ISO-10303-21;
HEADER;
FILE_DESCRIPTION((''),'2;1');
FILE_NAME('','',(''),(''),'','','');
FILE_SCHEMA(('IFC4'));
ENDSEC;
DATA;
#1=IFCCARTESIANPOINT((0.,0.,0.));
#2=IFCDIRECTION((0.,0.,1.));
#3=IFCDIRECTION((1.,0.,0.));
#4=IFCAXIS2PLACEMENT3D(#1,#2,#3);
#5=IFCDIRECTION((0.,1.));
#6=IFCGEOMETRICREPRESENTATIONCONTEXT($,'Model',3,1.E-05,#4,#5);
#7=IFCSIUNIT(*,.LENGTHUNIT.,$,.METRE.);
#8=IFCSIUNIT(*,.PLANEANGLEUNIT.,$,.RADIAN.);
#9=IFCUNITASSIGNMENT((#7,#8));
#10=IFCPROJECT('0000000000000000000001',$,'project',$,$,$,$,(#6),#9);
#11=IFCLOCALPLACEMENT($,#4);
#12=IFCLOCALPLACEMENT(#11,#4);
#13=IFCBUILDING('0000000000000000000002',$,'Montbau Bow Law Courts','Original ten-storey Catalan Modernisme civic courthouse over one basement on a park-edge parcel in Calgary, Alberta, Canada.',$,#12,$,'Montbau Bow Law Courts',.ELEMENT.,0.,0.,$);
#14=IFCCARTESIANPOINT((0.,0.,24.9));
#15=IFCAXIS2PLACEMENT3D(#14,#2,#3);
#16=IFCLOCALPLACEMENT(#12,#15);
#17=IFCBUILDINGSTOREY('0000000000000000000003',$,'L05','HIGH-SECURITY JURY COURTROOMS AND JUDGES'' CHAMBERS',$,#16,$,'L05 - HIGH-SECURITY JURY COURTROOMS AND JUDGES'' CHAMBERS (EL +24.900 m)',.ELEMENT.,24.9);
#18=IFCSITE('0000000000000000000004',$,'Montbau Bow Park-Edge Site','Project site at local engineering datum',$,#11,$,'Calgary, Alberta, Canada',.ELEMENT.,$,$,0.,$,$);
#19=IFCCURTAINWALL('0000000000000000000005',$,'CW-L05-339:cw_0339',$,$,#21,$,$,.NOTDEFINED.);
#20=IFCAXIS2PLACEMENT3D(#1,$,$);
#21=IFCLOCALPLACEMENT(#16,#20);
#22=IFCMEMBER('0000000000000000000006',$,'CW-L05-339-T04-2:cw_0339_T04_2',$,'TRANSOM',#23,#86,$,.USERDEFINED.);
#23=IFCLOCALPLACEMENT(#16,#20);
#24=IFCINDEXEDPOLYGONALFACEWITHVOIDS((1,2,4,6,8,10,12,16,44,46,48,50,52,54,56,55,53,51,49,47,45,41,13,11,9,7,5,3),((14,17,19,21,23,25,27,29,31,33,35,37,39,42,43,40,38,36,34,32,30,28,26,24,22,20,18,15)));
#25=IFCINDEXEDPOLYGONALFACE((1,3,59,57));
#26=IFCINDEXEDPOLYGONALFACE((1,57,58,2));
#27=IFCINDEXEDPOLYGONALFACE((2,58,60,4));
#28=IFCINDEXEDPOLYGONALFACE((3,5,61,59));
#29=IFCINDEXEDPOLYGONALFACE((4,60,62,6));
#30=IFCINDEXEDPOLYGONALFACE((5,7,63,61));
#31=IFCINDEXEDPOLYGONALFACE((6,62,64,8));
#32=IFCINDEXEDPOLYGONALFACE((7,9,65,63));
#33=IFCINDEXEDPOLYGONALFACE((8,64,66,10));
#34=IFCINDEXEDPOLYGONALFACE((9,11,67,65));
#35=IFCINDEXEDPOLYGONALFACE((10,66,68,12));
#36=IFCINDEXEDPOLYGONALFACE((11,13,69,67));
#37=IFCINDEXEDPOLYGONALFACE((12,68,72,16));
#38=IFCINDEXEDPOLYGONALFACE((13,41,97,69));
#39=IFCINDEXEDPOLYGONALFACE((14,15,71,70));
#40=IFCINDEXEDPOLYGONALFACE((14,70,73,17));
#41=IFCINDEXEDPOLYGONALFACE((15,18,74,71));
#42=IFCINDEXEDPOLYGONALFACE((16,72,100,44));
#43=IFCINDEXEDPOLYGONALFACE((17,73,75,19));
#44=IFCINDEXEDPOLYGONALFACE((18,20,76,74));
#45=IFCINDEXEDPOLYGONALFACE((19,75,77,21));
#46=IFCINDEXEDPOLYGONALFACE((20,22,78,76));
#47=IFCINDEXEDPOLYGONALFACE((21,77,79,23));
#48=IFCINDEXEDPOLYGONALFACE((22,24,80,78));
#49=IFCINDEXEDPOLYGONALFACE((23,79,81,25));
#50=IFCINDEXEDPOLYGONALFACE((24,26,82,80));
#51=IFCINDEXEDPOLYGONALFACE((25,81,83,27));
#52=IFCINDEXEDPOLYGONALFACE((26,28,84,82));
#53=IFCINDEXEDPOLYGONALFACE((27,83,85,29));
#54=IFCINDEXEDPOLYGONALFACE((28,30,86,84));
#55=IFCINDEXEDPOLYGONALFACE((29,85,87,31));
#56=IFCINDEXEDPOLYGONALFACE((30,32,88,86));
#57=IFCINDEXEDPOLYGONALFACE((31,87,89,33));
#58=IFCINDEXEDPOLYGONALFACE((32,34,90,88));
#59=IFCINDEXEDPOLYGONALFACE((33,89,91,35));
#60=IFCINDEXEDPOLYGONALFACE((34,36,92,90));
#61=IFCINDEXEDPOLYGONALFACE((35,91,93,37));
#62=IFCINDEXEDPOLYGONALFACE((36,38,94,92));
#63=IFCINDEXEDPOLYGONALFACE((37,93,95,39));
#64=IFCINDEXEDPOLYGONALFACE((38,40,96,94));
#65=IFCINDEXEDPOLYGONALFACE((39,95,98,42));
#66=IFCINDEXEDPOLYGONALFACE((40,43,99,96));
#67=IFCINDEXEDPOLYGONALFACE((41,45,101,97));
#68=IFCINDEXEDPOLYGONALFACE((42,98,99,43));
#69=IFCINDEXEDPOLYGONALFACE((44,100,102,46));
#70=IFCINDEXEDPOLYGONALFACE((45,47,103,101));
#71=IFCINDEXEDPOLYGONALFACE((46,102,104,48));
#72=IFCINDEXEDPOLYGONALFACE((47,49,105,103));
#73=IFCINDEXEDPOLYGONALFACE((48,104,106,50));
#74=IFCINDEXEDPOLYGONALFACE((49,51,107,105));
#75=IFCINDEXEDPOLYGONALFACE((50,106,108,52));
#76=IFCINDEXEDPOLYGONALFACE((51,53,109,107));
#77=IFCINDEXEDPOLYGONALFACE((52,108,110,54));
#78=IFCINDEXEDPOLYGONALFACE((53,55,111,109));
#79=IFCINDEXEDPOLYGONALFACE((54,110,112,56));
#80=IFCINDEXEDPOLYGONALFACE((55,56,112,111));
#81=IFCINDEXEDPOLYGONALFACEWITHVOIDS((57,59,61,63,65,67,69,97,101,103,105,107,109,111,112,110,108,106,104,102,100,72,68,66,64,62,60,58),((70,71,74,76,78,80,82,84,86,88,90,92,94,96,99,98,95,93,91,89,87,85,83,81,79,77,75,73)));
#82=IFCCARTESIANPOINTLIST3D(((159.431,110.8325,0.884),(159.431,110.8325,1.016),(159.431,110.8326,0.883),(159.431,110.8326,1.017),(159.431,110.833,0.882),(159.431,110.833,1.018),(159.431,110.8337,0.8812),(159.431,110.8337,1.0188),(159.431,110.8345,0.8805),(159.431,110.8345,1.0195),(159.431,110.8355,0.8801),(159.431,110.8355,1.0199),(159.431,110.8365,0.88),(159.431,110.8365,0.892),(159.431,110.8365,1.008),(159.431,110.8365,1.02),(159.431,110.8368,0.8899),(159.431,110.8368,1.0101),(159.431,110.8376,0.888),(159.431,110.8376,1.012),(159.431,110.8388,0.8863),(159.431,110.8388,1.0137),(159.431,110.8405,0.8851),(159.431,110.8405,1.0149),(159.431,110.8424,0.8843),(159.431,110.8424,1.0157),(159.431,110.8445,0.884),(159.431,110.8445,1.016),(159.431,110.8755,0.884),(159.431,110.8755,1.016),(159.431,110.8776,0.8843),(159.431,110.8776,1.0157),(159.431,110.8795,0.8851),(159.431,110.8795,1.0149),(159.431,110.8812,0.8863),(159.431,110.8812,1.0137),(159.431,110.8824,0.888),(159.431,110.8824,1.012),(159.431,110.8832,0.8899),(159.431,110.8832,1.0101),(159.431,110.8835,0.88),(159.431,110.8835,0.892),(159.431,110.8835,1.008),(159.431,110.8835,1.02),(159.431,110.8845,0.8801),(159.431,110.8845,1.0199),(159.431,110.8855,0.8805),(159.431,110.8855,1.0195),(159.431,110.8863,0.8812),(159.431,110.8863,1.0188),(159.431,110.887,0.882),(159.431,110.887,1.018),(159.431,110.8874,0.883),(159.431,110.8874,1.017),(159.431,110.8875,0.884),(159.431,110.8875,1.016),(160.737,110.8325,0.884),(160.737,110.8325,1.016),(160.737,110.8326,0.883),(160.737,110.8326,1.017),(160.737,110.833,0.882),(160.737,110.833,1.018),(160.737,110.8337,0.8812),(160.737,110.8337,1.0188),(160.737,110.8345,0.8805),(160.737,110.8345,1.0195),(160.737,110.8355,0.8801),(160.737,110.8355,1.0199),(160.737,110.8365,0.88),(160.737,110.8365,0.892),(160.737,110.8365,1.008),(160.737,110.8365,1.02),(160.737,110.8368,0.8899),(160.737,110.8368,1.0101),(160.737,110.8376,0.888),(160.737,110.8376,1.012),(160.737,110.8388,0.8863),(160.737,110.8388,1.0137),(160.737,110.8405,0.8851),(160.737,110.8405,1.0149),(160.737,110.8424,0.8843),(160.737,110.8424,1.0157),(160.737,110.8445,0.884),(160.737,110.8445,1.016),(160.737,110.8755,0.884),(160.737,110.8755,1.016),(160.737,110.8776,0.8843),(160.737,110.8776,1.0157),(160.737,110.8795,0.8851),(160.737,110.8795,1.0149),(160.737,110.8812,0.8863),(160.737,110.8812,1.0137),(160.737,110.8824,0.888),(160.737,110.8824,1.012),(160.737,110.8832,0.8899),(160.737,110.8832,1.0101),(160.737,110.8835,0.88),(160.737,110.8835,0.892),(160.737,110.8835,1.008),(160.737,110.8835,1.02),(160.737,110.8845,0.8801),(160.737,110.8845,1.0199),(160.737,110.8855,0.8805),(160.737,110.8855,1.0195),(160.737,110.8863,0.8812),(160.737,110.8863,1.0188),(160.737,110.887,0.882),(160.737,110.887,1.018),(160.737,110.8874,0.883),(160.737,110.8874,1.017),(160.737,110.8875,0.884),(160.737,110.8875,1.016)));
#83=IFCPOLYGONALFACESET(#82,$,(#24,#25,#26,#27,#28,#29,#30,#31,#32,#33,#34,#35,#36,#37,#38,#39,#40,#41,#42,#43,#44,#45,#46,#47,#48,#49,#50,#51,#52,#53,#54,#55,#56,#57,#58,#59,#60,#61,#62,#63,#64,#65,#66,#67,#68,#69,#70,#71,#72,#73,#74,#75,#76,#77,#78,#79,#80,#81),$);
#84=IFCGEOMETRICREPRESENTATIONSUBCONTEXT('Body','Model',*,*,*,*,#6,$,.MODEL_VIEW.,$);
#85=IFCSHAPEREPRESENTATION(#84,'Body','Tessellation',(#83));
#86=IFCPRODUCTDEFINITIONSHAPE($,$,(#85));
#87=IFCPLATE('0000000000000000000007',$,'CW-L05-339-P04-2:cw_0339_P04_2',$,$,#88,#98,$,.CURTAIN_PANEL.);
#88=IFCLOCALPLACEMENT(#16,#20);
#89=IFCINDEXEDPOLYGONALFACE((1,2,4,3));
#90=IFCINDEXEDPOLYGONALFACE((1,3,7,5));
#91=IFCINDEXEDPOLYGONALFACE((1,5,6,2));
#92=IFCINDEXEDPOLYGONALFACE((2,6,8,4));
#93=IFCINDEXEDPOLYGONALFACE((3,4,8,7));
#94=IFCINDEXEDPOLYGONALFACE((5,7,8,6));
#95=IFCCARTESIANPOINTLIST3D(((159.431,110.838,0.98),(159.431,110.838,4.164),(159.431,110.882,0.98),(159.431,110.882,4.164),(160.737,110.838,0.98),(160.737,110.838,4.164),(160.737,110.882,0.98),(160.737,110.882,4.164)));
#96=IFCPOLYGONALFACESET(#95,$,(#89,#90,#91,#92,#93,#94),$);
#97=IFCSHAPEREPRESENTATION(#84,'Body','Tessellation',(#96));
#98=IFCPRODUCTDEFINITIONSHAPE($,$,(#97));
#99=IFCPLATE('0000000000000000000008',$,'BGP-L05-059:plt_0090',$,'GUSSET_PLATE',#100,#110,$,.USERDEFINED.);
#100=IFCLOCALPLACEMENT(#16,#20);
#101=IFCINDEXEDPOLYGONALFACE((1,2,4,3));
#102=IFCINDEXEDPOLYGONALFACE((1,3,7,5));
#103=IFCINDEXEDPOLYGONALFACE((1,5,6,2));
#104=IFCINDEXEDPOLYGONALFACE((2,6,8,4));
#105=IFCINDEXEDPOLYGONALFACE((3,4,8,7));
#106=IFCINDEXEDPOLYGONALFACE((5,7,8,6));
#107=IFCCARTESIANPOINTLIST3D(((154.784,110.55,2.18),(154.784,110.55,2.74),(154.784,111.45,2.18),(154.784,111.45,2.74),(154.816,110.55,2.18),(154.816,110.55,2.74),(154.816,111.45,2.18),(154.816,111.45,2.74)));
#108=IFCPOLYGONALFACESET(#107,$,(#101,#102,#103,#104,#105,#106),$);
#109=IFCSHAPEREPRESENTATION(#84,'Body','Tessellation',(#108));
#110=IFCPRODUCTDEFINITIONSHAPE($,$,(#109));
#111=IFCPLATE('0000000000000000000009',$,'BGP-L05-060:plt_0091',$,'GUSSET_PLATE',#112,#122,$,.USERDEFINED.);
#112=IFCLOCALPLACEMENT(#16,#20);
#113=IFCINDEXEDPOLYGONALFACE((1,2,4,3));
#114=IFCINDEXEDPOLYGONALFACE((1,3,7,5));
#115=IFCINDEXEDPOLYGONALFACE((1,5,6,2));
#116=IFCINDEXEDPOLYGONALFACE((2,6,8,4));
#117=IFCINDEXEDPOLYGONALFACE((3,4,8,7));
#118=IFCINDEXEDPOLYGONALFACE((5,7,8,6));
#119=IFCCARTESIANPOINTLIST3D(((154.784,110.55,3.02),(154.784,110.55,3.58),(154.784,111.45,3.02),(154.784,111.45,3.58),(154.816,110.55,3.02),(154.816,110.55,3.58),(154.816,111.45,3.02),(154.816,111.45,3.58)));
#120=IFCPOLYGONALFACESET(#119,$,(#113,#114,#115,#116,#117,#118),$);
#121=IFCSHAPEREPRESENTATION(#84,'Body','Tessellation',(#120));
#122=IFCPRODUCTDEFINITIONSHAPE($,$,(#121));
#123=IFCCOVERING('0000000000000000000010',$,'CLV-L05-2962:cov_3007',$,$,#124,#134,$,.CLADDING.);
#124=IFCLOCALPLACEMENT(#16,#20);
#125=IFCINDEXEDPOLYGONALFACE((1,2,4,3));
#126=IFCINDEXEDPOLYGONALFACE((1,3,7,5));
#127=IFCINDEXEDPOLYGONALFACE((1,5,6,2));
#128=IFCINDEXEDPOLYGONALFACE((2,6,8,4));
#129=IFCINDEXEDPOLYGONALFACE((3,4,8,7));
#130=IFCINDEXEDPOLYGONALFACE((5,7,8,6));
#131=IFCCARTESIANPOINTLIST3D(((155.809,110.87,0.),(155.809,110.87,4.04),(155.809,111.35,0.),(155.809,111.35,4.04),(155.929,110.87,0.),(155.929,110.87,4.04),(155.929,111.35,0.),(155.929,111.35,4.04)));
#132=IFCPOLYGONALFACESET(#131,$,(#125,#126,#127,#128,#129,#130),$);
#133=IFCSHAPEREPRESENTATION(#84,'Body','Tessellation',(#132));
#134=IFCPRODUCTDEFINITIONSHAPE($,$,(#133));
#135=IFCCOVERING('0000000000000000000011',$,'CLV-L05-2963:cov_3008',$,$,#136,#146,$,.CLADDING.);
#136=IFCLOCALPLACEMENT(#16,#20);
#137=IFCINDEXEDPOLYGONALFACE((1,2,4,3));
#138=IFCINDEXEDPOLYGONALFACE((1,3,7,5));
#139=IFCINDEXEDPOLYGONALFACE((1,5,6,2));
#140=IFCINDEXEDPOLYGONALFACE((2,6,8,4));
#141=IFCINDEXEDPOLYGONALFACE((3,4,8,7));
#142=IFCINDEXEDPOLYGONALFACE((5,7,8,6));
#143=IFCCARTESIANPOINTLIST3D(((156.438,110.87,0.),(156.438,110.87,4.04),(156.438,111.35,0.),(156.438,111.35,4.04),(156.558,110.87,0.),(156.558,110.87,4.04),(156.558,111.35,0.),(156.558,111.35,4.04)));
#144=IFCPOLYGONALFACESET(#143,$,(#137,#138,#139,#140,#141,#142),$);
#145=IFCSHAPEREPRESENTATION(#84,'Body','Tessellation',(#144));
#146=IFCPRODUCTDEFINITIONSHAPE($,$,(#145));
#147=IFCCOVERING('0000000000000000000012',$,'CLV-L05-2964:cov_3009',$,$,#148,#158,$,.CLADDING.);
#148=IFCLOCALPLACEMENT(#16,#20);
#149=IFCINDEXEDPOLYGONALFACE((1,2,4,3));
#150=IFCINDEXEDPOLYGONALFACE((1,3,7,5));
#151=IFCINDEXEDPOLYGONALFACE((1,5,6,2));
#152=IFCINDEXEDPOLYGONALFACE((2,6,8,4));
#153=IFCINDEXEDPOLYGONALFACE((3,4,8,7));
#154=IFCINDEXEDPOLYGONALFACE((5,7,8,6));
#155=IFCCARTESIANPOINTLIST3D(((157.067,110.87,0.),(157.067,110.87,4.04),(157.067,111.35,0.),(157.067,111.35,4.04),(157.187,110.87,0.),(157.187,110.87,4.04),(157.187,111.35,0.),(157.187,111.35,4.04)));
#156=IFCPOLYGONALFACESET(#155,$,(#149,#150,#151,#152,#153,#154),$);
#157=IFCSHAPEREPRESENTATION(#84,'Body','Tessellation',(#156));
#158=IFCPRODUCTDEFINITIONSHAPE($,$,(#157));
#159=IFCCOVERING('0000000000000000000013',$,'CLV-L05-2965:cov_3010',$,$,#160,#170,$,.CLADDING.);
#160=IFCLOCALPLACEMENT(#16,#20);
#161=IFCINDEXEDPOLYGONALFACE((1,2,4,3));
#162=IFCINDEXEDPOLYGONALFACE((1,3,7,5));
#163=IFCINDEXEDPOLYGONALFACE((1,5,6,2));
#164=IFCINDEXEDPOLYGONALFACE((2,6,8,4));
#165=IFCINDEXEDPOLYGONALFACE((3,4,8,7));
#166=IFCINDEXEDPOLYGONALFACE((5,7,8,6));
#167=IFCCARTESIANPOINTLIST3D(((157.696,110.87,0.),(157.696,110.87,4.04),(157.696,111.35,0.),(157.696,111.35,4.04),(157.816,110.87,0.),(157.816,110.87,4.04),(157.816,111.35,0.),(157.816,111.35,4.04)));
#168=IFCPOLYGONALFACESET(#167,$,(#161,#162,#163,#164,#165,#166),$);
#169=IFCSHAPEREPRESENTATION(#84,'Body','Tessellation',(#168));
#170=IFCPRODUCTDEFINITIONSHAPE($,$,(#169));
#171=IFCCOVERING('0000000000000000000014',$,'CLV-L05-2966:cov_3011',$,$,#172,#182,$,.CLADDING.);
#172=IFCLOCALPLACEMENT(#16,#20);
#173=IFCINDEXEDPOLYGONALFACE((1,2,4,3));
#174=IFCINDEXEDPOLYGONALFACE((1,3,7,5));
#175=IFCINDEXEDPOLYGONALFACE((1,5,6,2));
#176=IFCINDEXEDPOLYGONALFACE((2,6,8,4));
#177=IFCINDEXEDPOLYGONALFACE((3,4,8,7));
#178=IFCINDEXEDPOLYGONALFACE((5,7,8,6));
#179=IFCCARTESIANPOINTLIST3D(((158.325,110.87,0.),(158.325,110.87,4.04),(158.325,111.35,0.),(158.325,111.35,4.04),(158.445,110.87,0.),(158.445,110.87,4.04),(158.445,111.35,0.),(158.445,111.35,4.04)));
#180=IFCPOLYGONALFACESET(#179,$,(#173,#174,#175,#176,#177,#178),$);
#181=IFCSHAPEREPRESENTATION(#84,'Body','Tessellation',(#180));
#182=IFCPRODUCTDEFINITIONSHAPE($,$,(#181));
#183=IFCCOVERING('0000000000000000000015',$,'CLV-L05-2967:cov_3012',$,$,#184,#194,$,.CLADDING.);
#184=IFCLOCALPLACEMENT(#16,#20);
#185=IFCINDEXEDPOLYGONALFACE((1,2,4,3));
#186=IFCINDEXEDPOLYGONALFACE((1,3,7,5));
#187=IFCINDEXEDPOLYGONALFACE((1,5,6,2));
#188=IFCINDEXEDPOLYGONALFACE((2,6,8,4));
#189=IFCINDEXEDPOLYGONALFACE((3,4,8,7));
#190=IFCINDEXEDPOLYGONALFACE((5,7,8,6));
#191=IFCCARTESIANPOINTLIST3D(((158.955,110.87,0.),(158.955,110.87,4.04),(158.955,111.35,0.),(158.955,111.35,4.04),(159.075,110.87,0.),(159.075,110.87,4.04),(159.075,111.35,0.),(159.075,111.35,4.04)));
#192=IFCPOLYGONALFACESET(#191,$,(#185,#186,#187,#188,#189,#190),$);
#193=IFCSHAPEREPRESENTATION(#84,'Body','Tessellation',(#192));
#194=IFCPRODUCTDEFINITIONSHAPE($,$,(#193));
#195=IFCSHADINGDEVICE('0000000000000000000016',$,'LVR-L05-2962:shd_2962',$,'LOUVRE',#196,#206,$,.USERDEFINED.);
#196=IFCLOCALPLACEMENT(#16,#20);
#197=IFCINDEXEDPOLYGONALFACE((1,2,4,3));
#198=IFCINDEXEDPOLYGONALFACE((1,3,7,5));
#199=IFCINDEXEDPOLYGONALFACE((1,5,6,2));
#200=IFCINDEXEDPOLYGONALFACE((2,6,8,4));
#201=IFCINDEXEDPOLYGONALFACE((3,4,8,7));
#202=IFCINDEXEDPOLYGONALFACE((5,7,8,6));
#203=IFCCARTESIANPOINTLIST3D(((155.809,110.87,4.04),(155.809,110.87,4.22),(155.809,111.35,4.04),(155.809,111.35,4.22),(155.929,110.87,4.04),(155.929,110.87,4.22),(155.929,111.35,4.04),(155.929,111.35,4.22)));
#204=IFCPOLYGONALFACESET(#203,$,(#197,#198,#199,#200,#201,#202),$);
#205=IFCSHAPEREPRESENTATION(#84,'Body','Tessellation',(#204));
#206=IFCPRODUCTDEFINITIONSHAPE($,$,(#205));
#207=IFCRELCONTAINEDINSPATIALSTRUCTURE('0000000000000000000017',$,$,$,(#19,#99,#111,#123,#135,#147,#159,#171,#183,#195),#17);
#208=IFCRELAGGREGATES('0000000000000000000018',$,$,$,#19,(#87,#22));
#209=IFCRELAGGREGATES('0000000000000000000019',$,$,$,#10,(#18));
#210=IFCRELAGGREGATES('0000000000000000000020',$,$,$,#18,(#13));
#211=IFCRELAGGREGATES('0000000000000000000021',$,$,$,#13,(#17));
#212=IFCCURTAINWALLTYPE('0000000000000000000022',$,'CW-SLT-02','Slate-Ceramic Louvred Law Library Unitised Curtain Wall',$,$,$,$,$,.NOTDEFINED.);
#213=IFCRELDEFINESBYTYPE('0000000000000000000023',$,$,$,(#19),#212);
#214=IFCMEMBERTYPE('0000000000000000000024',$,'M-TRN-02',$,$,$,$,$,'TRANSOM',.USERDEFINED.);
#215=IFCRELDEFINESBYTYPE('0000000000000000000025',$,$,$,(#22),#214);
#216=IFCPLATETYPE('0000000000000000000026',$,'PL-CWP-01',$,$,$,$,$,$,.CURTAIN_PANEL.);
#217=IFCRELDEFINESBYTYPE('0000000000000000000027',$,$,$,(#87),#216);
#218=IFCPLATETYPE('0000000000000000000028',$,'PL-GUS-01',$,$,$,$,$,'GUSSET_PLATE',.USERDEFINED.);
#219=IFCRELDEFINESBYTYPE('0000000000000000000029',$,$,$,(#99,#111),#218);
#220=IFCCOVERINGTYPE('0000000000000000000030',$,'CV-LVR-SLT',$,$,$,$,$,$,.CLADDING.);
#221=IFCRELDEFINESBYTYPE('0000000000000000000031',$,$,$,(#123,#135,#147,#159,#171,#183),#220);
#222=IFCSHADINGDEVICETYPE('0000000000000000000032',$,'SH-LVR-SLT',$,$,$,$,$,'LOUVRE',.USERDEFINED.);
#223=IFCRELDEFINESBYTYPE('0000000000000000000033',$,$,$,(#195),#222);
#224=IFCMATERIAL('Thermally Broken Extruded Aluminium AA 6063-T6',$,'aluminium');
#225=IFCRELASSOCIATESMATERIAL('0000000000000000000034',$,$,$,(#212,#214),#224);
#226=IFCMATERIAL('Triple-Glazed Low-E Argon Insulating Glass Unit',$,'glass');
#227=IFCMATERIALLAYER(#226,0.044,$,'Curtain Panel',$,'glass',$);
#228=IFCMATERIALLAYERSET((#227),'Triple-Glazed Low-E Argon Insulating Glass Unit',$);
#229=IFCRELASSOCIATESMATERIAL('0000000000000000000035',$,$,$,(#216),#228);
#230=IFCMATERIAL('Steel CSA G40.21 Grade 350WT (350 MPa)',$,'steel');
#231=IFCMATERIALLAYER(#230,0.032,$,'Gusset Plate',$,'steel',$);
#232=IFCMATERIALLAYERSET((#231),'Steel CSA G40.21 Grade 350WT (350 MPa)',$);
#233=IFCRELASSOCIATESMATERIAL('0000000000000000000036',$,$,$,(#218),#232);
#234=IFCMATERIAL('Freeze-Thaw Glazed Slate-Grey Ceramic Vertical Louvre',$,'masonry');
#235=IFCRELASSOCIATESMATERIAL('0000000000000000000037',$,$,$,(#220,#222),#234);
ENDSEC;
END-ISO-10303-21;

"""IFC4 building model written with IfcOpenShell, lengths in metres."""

from ifc_helpers import new_model, si_unit, direction, frame, frame_2d, origin_with_axes, origin_2d_with_axis, place, context, subcontext, project, spatial, rectangle, hollow_rectangle, extrude, material, layer, layer_set, material_profile, profile_set, type_object, element, aggregate, save


model = new_model("IFC4")

# Units and contexts
model_context = context("Model", 3, precision=1e-05, world=origin_with_axes(), true_north=direction((0.0, 1.0)))
body_context = subcontext(model_context, "Body", "Model", "MODEL_VIEW")
ifc_project = project(units=[si_unit("LENGTHUNIT", "METRE"), si_unit("PLANEANGLEUNIT", "RADIAN")], contexts=[model_context])

# Site, building, storey
site_placement = place(None, origin_with_axes())
site = spatial("IfcSite", under=ifc_project, at=site_placement, Name="Montbau Bow Park-Edge Site", Description="Project site at local engineering datum", LongName="Calgary, Alberta, Canada", CompositionType="ELEMENT", RefElevation=0.0)
building_placement = place(site_placement, origin_with_axes())
building = spatial("IfcBuilding", under=site, at=building_placement, Name="Montbau Bow Law Courts", Description="Original ten-storey Catalan Modernisme civic courthouse over one basement on a park-edge parcel in Calgary, Alberta, Canada.", LongName="Montbau Bow Law Courts", CompositionType="ELEMENT", ElevationOfRefHeight=0.0, ElevationOfTerrain=0.0)
storey_placement = place(building_placement, frame((0.0, 0.0, 24.9), z_axis=(0.0, 0.0, 1.0), x_axis=(1.0, 0.0, 0.0)))
storey = spatial("IfcBuildingStorey", under=building, at=storey_placement, Name="L05", Description="HIGH-SECURITY JURY COURTROOMS AND JUDGES' CHAMBERS", LongName="L05 - HIGH-SECURITY JURY COURTROOMS AND JUDGES' CHAMBERS (EL +24.900 m)", CompositionType="ELEMENT", Elevation=24.9)

# Shared definitions
ifc_material_1 = material(Name="Steel CSA G40.21 Grade 350WT (350 MPa)", Category="steel")

# Curtain wall, member, plate
ifc_material_2 = material(Name="Thermally Broken Extruded Aluminium AA 6063-T6", Category="aluminium")
curtain_wall_type = type_object("IfcCurtainWallType", Name="CW-SLT-02", Description="Slate-Ceramic Louvred Law Library Unitised Curtain Wall", PredefinedType="NOTDEFINED", material=ifc_material_2)
curtain_wall_placement = place(None, frame((155.24, 110.86, 24.9), z_axis=(0.0, 0.0, 1.0), x_axis=(1.0, 0.0, 0.0)))
curtain_wall = element("IfcCurtainWall", 1, at=curtain_wall_placement, inside=storey, type_object=curtain_wall_type, Name="CW-L05-339:cw_0339", PredefinedType="NOTDEFINED")
ifc_material_profile_1 = material_profile(ifc_material_2, hollow_rectangle(XDim=0.055, YDim=0.14, WallThickness=0.004, InnerFilletRadius=0.008, OuterFilletRadius=0.004, at=origin_2d_with_axis()), Name="CWT-140X55", Category="Main", Priority=0)
ifc_profile_set_1 = profile_set([ifc_material_profile_1], Name="Thermally Broken Extruded Aluminium AA 6063-T6")
member_type = type_object("IfcMemberType", Name="M-TRN-02", ElementType="TRANSOM", PredefinedType="USERDEFINED", material=ifc_profile_set_1)
member_1_placement = place(None, frame((159.431, 110.86, 25.85), z_axis=(1.0, 0.0, 0.0), x_axis=(0.0, 1.0, 0.0)))
member_1 = element("IfcMember", 2, at=member_1_placement, type_object=member_type, Name="CW-L05-339-T04-2:cw_0339_T04_2", ObjectType="TRANSOM", PredefinedType="USERDEFINED", context=body_context, shape_type="SweptSolid", body=[
    extrude(hollow_rectangle(XDim=0.055, YDim=0.14, WallThickness=0.004, InnerFilletRadius=0.008, OuterFilletRadius=0.004, at=origin_2d_with_axis()), origin_with_axes(), (0.0, 0.0, 1.0), 1.306),
])
ifc_material_3 = material(Name="Triple-Glazed Low-E Argon Insulating Glass Unit", Category="glass")
ifc_layer_1 = layer(ifc_material_3, 0.044, Name="Curtain Panel", Category="glass")
ifc_layer_set_1 = layer_set([ifc_layer_1], Name="Triple-Glazed Low-E Argon Insulating Glass Unit")
plate_type_1 = type_object("IfcPlateType", Name="PL-CWP-01", PredefinedType="CURTAIN_PANEL", material=ifc_layer_set_1)
plate_placement = place(None, frame((159.431, 110.86, 25.88), z_axis=(0.0, -1.0, 0.0), x_axis=(1.0, 0.0, 0.0)))
plate = element("IfcPlate", 3, at=plate_placement, type_object=plate_type_1, Name="CW-L05-339-P04-2:cw_0339_P04_2", PredefinedType="CURTAIN_PANEL", context=body_context, shape_type="SweptSolid", body=[
    extrude(rectangle(XDim=1.306, YDim=3.184, at=frame_2d((0.653, 1.592), x_axis=(1.0, 0.0))), frame((0.0, 0.0, -0.022), z_axis=(0.0, 0.0, 1.0), x_axis=(1.0, 0.0, 0.0)), (0.0, 0.0, 1.0), 0.044),
])
aggregate(curtain_wall, [plate, member_1])

# Plates
ifc_layer_2 = layer(ifc_material_1, 0.032, Name="Gusset Plate", Category="steel")
ifc_layer_set_2 = layer_set([ifc_layer_2], Name="Steel CSA G40.21 Grade 350WT (350 MPa)")
plate_type_2 = type_object("IfcPlateType", Name="PL-GUS-01", ElementType="GUSSET_PLATE", PredefinedType="USERDEFINED", material=ifc_layer_set_2)
for number, where, z_axis, x_axis, name in (
    (4, (154.8, 111.0, 27.08), (0.0, 0.0, 1.0), (0.0, 1.0, 0.0), "BGP-L05-059:plt_0090"),
    (5, (154.8, 111.0, 27.92), (0.0, 0.0, 1.0), (0.0, 1.0, 0.0), "BGP-L05-060:plt_0091"),
):
    element("IfcPlate", number, at=place(None, frame(where, z_axis=z_axis, x_axis=x_axis)), inside=storey, type_object=plate_type_2, Name=name, ObjectType="GUSSET_PLATE", PredefinedType="USERDEFINED", context=body_context, shape_type="SweptSolid", body=[
        extrude(rectangle(XDim=0.9, YDim=0.032, at=origin_2d_with_axis()), origin_with_axes(), (0.0, 0.0, 1.0), 0.56),
    ])

# Coverings
ifc_material_4 = material(Name="Freeze-Thaw Glazed Slate-Grey Ceramic Vertical Louvre", Category="masonry")
covering_type = type_object("IfcCoveringType", Name="CV-LVR-SLT", PredefinedType="CLADDING", material=ifc_material_4)
for number, where, z_axis, x_axis, name in (
    (6, (155.869, 110.87, 24.9), (1.0, 0.0, 0.0), (0.0, 1.0, 0.0), "CLV-L05-2962:cov_3007"),
    (7, (156.498, 110.87, 24.9), (1.0, 0.0, 0.0), (0.0, 1.0, 0.0), "CLV-L05-2963:cov_3008"),
    (8, (157.127, 110.87, 24.9), (1.0, 0.0, 0.0), (0.0, 1.0, 0.0), "CLV-L05-2964:cov_3009"),
    (9, (157.756, 110.87, 24.9), (1.0, 0.0, 0.0), (0.0, 1.0, 0.0), "CLV-L05-2965:cov_3010"),
    (10, (158.385, 110.87, 24.9), (1.0, 0.0, 0.0), (0.0, 1.0, 0.0), "CLV-L05-2966:cov_3011"),
    (11, (159.015, 110.87, 24.9), (1.0, 0.0, 0.0), (0.0, 1.0, 0.0), "CLV-L05-2967:cov_3012"),
):
    element("IfcCovering", number, at=place(None, frame(where, z_axis=z_axis, x_axis=x_axis)), inside=storey, type_object=covering_type, Name=name, PredefinedType="CLADDING", context=body_context, shape_type="SweptSolid", body=[
        extrude(rectangle(XDim=0.48, YDim=4.04, at=frame_2d((0.24, 2.02), x_axis=(1.0, 0.0))), frame((0.0, 0.0, -0.06), z_axis=(0.0, 0.0, 1.0), x_axis=(1.0, 0.0, 0.0)), (0.0, 0.0, 1.0), 0.12),
    ])

# Shading device
shading_device_type = type_object("IfcShadingDeviceType", Name="SH-LVR-SLT", ElementType="LOUVRE", PredefinedType="USERDEFINED", material=ifc_material_4)
for number, where, z_axis, x_axis, name in (
    (12, (155.869, 111.11, 28.94), (0.0, 0.0, 1.0), (0.0, 1.0, 0.0), "LVR-L05-2962:shd_2962"),
):
    element("IfcShadingDevice", number, at=place(None, frame(where, z_axis=z_axis, x_axis=x_axis)), inside=storey, type_object=shading_device_type, Name=name, ObjectType="LOUVRE", PredefinedType="USERDEFINED", context=body_context, shape_type="SweptSolid", body=[
        extrude(rectangle(XDim=0.48, YDim=0.12, at=origin_2d_with_axis()), origin_with_axes(), (0.0, 0.0, 1.0), 0.18),
    ])

save(model, "model.ifc")
